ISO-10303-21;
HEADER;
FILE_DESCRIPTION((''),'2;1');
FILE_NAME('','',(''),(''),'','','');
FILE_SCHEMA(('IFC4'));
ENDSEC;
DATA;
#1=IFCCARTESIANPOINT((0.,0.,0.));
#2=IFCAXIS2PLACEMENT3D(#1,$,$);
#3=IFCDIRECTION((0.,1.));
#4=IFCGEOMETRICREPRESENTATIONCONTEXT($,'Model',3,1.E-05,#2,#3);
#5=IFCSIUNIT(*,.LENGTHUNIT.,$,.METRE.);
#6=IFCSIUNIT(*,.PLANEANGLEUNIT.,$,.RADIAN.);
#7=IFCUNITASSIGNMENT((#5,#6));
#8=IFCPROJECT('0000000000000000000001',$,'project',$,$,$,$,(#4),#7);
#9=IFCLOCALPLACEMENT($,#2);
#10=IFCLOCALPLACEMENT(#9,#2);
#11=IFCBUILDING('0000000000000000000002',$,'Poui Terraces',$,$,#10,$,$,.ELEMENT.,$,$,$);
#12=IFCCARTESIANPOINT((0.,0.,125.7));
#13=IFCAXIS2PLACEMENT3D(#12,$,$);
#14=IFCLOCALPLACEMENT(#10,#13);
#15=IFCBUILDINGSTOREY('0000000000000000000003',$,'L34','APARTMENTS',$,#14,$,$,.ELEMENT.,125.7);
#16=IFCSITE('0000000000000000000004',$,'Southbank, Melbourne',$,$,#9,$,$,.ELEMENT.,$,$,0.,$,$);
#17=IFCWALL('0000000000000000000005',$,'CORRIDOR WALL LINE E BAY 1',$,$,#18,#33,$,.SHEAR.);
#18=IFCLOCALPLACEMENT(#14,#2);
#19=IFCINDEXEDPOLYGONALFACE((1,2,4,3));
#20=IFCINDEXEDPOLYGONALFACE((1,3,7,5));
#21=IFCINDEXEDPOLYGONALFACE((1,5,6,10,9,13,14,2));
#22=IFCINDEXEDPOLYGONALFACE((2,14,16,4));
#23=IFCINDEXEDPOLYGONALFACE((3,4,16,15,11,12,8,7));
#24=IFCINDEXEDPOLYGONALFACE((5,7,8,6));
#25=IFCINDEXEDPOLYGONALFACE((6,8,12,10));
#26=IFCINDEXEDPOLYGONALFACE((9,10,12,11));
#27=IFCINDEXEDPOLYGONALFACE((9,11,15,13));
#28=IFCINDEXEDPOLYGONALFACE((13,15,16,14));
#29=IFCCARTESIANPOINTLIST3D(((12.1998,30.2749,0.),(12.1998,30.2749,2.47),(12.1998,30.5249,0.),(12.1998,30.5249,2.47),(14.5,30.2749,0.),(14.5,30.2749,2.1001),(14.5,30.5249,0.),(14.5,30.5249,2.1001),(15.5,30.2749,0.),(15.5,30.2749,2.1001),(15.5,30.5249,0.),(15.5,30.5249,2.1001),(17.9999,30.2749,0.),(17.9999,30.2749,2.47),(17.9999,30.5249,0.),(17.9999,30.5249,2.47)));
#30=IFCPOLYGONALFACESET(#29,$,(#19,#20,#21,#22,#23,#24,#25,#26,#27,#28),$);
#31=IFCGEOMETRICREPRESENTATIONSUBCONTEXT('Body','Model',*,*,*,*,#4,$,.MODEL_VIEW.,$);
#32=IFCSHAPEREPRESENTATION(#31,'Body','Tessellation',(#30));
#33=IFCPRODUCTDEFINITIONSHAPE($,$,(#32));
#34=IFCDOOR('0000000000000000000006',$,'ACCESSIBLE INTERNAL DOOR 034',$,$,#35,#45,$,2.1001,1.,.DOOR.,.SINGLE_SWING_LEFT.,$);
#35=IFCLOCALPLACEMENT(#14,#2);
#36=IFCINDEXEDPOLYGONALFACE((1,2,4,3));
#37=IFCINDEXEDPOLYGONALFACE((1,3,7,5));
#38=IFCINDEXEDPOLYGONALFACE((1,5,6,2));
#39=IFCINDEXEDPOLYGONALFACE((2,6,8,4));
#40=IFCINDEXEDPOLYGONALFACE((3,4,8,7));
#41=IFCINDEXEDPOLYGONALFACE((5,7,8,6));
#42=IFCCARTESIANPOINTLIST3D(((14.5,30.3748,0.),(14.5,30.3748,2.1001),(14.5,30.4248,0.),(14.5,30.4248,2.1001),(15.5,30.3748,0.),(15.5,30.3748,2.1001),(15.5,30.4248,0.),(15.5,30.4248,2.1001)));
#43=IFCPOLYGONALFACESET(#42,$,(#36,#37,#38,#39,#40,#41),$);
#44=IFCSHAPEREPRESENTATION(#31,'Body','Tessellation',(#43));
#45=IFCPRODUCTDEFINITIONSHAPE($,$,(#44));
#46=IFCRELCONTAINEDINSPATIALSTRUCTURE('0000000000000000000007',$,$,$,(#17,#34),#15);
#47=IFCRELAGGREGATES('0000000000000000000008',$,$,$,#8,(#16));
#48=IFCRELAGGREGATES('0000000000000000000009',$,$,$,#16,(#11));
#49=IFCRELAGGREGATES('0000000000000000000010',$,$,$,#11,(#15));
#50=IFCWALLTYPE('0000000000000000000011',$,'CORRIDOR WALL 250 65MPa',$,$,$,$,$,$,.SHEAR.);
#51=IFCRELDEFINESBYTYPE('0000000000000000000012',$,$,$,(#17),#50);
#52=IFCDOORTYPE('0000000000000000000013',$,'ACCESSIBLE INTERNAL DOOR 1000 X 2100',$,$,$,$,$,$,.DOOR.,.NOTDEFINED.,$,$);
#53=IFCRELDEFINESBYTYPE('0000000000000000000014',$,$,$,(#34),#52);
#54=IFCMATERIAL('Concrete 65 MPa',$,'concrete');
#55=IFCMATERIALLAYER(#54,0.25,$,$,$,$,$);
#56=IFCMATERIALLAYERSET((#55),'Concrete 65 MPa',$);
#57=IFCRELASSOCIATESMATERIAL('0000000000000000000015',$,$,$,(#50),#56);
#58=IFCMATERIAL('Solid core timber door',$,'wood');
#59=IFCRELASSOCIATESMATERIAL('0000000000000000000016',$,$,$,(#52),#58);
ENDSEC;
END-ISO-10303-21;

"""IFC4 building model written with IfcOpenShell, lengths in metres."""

from ifc_helpers import new_model, si_unit, direction, frame, frame_2d, origin, place, context, subcontext, project, spatial, rectangle, extrude, material, layer, layer_set, type_object, element, fill, save


model = new_model("IFC4")

# Units and contexts
model_context = context("Model", 3, precision=1e-05, world=origin(), true_north=direction((0.0, 1.0)))
body_context = subcontext(model_context, "Body", "Model", "MODEL_VIEW")
ifc_project = project(units=[si_unit("LENGTHUNIT", "METRE"), si_unit("PLANEANGLEUNIT", "RADIAN")], contexts=[model_context])

# Site, building, storey
site_placement = place(None, origin())
site = spatial("IfcSite", under=ifc_project, at=site_placement, Name="Southbank, Melbourne", CompositionType="ELEMENT", RefElevation=0.0)
building_placement = place(site_placement, origin())
building = spatial("IfcBuilding", under=site, at=building_placement, Name="Poui Terraces", CompositionType="ELEMENT")
storey_placement = place(building_placement, frame((0.0, 0.0, 125.7)))
storey = spatial("IfcBuildingStorey", under=building, at=storey_placement, Name="L34", Description="APARTMENTS", CompositionType="ELEMENT", Elevation=125.7)

# Wall, opening, door
ifc_material_1 = material(Name="Concrete 65 MPa", Category="concrete")
ifc_layer_1 = layer(ifc_material_1, 0.25)
ifc_layer_set_1 = layer_set([ifc_layer_1], Name="Concrete 65 MPa")
wall_type_1 = type_object("IfcWallType", Name="CORRIDOR WALL 250 65MPa", PredefinedType="SHEAR", material=ifc_layer_set_1)
wall_1_placement = place(storey_placement, frame((12.2, 30.3999, 0.0), z_axis=(0.0, 0.0, 1.0), x_axis=(1.0, 0.0, 0.0)))
wall_1 = element("IfcWall", 1, at=wall_1_placement, inside=storey, type_object=wall_type_1, Name="CORRIDOR WALL LINE E BAY 1", PredefinedType="SHEAR", context=body_context, shape_type="SweptSolid", body=[
    extrude(rectangle(XDim=5.8, YDim=0.25, at=frame_2d((2.8999, 0.0))), origin(), (0.0, 0.0, 1.0), 2.47),
])
opening_1_placement = place(wall_1_placement, frame((2.3, 0.0, 0.0)))
opening_1 = element("IfcOpeningElement", 2, at=opening_1_placement, cuts=wall_1, PredefinedType="OPENING", context=body_context, shape_type="SweptSolid", body=[
    extrude(rectangle(XDim=1.0, YDim=2.1001, at=frame_2d((0.5, 1.05))), frame((0.0, 0.135, 0.0), z_axis=(0.0, -1.0, 0.0), x_axis=(1.0, 0.0, 0.0)), (0.0, 0.0, 1.0), 0.27),
])
ifc_material_2 = material(Name="Solid core timber door", Category="wood")
door_type_1 = type_object("IfcDoorType", Name="ACCESSIBLE INTERNAL DOOR 1000 X 2100", OperationType="NOTDEFINED", PredefinedType="DOOR", material=ifc_material_2)
door_1_placement = place(opening_1_placement, origin())
door_1 = element("IfcDoor", 3, at=door_1_placement, inside=storey, type_object=door_type_1, Name="ACCESSIBLE INTERNAL DOOR 034", OperationType="SINGLE_SWING_LEFT", OverallHeight=2.1001, OverallWidth=1.0, PredefinedType="DOOR", context=body_context, shape_type="SweptSolid", body=[
    extrude(rectangle(XDim=1.0, YDim=2.1001, at=frame_2d((0.5, 1.05))), frame((0.0, 0.0249, 0.0), z_axis=(0.0, -1.0, 0.0), x_axis=(1.0, 0.0, 0.0)), (0.0, 0.0, 1.0), 0.05),
])
fill(opening_1, door_1)

save(model, "model.ifc")
